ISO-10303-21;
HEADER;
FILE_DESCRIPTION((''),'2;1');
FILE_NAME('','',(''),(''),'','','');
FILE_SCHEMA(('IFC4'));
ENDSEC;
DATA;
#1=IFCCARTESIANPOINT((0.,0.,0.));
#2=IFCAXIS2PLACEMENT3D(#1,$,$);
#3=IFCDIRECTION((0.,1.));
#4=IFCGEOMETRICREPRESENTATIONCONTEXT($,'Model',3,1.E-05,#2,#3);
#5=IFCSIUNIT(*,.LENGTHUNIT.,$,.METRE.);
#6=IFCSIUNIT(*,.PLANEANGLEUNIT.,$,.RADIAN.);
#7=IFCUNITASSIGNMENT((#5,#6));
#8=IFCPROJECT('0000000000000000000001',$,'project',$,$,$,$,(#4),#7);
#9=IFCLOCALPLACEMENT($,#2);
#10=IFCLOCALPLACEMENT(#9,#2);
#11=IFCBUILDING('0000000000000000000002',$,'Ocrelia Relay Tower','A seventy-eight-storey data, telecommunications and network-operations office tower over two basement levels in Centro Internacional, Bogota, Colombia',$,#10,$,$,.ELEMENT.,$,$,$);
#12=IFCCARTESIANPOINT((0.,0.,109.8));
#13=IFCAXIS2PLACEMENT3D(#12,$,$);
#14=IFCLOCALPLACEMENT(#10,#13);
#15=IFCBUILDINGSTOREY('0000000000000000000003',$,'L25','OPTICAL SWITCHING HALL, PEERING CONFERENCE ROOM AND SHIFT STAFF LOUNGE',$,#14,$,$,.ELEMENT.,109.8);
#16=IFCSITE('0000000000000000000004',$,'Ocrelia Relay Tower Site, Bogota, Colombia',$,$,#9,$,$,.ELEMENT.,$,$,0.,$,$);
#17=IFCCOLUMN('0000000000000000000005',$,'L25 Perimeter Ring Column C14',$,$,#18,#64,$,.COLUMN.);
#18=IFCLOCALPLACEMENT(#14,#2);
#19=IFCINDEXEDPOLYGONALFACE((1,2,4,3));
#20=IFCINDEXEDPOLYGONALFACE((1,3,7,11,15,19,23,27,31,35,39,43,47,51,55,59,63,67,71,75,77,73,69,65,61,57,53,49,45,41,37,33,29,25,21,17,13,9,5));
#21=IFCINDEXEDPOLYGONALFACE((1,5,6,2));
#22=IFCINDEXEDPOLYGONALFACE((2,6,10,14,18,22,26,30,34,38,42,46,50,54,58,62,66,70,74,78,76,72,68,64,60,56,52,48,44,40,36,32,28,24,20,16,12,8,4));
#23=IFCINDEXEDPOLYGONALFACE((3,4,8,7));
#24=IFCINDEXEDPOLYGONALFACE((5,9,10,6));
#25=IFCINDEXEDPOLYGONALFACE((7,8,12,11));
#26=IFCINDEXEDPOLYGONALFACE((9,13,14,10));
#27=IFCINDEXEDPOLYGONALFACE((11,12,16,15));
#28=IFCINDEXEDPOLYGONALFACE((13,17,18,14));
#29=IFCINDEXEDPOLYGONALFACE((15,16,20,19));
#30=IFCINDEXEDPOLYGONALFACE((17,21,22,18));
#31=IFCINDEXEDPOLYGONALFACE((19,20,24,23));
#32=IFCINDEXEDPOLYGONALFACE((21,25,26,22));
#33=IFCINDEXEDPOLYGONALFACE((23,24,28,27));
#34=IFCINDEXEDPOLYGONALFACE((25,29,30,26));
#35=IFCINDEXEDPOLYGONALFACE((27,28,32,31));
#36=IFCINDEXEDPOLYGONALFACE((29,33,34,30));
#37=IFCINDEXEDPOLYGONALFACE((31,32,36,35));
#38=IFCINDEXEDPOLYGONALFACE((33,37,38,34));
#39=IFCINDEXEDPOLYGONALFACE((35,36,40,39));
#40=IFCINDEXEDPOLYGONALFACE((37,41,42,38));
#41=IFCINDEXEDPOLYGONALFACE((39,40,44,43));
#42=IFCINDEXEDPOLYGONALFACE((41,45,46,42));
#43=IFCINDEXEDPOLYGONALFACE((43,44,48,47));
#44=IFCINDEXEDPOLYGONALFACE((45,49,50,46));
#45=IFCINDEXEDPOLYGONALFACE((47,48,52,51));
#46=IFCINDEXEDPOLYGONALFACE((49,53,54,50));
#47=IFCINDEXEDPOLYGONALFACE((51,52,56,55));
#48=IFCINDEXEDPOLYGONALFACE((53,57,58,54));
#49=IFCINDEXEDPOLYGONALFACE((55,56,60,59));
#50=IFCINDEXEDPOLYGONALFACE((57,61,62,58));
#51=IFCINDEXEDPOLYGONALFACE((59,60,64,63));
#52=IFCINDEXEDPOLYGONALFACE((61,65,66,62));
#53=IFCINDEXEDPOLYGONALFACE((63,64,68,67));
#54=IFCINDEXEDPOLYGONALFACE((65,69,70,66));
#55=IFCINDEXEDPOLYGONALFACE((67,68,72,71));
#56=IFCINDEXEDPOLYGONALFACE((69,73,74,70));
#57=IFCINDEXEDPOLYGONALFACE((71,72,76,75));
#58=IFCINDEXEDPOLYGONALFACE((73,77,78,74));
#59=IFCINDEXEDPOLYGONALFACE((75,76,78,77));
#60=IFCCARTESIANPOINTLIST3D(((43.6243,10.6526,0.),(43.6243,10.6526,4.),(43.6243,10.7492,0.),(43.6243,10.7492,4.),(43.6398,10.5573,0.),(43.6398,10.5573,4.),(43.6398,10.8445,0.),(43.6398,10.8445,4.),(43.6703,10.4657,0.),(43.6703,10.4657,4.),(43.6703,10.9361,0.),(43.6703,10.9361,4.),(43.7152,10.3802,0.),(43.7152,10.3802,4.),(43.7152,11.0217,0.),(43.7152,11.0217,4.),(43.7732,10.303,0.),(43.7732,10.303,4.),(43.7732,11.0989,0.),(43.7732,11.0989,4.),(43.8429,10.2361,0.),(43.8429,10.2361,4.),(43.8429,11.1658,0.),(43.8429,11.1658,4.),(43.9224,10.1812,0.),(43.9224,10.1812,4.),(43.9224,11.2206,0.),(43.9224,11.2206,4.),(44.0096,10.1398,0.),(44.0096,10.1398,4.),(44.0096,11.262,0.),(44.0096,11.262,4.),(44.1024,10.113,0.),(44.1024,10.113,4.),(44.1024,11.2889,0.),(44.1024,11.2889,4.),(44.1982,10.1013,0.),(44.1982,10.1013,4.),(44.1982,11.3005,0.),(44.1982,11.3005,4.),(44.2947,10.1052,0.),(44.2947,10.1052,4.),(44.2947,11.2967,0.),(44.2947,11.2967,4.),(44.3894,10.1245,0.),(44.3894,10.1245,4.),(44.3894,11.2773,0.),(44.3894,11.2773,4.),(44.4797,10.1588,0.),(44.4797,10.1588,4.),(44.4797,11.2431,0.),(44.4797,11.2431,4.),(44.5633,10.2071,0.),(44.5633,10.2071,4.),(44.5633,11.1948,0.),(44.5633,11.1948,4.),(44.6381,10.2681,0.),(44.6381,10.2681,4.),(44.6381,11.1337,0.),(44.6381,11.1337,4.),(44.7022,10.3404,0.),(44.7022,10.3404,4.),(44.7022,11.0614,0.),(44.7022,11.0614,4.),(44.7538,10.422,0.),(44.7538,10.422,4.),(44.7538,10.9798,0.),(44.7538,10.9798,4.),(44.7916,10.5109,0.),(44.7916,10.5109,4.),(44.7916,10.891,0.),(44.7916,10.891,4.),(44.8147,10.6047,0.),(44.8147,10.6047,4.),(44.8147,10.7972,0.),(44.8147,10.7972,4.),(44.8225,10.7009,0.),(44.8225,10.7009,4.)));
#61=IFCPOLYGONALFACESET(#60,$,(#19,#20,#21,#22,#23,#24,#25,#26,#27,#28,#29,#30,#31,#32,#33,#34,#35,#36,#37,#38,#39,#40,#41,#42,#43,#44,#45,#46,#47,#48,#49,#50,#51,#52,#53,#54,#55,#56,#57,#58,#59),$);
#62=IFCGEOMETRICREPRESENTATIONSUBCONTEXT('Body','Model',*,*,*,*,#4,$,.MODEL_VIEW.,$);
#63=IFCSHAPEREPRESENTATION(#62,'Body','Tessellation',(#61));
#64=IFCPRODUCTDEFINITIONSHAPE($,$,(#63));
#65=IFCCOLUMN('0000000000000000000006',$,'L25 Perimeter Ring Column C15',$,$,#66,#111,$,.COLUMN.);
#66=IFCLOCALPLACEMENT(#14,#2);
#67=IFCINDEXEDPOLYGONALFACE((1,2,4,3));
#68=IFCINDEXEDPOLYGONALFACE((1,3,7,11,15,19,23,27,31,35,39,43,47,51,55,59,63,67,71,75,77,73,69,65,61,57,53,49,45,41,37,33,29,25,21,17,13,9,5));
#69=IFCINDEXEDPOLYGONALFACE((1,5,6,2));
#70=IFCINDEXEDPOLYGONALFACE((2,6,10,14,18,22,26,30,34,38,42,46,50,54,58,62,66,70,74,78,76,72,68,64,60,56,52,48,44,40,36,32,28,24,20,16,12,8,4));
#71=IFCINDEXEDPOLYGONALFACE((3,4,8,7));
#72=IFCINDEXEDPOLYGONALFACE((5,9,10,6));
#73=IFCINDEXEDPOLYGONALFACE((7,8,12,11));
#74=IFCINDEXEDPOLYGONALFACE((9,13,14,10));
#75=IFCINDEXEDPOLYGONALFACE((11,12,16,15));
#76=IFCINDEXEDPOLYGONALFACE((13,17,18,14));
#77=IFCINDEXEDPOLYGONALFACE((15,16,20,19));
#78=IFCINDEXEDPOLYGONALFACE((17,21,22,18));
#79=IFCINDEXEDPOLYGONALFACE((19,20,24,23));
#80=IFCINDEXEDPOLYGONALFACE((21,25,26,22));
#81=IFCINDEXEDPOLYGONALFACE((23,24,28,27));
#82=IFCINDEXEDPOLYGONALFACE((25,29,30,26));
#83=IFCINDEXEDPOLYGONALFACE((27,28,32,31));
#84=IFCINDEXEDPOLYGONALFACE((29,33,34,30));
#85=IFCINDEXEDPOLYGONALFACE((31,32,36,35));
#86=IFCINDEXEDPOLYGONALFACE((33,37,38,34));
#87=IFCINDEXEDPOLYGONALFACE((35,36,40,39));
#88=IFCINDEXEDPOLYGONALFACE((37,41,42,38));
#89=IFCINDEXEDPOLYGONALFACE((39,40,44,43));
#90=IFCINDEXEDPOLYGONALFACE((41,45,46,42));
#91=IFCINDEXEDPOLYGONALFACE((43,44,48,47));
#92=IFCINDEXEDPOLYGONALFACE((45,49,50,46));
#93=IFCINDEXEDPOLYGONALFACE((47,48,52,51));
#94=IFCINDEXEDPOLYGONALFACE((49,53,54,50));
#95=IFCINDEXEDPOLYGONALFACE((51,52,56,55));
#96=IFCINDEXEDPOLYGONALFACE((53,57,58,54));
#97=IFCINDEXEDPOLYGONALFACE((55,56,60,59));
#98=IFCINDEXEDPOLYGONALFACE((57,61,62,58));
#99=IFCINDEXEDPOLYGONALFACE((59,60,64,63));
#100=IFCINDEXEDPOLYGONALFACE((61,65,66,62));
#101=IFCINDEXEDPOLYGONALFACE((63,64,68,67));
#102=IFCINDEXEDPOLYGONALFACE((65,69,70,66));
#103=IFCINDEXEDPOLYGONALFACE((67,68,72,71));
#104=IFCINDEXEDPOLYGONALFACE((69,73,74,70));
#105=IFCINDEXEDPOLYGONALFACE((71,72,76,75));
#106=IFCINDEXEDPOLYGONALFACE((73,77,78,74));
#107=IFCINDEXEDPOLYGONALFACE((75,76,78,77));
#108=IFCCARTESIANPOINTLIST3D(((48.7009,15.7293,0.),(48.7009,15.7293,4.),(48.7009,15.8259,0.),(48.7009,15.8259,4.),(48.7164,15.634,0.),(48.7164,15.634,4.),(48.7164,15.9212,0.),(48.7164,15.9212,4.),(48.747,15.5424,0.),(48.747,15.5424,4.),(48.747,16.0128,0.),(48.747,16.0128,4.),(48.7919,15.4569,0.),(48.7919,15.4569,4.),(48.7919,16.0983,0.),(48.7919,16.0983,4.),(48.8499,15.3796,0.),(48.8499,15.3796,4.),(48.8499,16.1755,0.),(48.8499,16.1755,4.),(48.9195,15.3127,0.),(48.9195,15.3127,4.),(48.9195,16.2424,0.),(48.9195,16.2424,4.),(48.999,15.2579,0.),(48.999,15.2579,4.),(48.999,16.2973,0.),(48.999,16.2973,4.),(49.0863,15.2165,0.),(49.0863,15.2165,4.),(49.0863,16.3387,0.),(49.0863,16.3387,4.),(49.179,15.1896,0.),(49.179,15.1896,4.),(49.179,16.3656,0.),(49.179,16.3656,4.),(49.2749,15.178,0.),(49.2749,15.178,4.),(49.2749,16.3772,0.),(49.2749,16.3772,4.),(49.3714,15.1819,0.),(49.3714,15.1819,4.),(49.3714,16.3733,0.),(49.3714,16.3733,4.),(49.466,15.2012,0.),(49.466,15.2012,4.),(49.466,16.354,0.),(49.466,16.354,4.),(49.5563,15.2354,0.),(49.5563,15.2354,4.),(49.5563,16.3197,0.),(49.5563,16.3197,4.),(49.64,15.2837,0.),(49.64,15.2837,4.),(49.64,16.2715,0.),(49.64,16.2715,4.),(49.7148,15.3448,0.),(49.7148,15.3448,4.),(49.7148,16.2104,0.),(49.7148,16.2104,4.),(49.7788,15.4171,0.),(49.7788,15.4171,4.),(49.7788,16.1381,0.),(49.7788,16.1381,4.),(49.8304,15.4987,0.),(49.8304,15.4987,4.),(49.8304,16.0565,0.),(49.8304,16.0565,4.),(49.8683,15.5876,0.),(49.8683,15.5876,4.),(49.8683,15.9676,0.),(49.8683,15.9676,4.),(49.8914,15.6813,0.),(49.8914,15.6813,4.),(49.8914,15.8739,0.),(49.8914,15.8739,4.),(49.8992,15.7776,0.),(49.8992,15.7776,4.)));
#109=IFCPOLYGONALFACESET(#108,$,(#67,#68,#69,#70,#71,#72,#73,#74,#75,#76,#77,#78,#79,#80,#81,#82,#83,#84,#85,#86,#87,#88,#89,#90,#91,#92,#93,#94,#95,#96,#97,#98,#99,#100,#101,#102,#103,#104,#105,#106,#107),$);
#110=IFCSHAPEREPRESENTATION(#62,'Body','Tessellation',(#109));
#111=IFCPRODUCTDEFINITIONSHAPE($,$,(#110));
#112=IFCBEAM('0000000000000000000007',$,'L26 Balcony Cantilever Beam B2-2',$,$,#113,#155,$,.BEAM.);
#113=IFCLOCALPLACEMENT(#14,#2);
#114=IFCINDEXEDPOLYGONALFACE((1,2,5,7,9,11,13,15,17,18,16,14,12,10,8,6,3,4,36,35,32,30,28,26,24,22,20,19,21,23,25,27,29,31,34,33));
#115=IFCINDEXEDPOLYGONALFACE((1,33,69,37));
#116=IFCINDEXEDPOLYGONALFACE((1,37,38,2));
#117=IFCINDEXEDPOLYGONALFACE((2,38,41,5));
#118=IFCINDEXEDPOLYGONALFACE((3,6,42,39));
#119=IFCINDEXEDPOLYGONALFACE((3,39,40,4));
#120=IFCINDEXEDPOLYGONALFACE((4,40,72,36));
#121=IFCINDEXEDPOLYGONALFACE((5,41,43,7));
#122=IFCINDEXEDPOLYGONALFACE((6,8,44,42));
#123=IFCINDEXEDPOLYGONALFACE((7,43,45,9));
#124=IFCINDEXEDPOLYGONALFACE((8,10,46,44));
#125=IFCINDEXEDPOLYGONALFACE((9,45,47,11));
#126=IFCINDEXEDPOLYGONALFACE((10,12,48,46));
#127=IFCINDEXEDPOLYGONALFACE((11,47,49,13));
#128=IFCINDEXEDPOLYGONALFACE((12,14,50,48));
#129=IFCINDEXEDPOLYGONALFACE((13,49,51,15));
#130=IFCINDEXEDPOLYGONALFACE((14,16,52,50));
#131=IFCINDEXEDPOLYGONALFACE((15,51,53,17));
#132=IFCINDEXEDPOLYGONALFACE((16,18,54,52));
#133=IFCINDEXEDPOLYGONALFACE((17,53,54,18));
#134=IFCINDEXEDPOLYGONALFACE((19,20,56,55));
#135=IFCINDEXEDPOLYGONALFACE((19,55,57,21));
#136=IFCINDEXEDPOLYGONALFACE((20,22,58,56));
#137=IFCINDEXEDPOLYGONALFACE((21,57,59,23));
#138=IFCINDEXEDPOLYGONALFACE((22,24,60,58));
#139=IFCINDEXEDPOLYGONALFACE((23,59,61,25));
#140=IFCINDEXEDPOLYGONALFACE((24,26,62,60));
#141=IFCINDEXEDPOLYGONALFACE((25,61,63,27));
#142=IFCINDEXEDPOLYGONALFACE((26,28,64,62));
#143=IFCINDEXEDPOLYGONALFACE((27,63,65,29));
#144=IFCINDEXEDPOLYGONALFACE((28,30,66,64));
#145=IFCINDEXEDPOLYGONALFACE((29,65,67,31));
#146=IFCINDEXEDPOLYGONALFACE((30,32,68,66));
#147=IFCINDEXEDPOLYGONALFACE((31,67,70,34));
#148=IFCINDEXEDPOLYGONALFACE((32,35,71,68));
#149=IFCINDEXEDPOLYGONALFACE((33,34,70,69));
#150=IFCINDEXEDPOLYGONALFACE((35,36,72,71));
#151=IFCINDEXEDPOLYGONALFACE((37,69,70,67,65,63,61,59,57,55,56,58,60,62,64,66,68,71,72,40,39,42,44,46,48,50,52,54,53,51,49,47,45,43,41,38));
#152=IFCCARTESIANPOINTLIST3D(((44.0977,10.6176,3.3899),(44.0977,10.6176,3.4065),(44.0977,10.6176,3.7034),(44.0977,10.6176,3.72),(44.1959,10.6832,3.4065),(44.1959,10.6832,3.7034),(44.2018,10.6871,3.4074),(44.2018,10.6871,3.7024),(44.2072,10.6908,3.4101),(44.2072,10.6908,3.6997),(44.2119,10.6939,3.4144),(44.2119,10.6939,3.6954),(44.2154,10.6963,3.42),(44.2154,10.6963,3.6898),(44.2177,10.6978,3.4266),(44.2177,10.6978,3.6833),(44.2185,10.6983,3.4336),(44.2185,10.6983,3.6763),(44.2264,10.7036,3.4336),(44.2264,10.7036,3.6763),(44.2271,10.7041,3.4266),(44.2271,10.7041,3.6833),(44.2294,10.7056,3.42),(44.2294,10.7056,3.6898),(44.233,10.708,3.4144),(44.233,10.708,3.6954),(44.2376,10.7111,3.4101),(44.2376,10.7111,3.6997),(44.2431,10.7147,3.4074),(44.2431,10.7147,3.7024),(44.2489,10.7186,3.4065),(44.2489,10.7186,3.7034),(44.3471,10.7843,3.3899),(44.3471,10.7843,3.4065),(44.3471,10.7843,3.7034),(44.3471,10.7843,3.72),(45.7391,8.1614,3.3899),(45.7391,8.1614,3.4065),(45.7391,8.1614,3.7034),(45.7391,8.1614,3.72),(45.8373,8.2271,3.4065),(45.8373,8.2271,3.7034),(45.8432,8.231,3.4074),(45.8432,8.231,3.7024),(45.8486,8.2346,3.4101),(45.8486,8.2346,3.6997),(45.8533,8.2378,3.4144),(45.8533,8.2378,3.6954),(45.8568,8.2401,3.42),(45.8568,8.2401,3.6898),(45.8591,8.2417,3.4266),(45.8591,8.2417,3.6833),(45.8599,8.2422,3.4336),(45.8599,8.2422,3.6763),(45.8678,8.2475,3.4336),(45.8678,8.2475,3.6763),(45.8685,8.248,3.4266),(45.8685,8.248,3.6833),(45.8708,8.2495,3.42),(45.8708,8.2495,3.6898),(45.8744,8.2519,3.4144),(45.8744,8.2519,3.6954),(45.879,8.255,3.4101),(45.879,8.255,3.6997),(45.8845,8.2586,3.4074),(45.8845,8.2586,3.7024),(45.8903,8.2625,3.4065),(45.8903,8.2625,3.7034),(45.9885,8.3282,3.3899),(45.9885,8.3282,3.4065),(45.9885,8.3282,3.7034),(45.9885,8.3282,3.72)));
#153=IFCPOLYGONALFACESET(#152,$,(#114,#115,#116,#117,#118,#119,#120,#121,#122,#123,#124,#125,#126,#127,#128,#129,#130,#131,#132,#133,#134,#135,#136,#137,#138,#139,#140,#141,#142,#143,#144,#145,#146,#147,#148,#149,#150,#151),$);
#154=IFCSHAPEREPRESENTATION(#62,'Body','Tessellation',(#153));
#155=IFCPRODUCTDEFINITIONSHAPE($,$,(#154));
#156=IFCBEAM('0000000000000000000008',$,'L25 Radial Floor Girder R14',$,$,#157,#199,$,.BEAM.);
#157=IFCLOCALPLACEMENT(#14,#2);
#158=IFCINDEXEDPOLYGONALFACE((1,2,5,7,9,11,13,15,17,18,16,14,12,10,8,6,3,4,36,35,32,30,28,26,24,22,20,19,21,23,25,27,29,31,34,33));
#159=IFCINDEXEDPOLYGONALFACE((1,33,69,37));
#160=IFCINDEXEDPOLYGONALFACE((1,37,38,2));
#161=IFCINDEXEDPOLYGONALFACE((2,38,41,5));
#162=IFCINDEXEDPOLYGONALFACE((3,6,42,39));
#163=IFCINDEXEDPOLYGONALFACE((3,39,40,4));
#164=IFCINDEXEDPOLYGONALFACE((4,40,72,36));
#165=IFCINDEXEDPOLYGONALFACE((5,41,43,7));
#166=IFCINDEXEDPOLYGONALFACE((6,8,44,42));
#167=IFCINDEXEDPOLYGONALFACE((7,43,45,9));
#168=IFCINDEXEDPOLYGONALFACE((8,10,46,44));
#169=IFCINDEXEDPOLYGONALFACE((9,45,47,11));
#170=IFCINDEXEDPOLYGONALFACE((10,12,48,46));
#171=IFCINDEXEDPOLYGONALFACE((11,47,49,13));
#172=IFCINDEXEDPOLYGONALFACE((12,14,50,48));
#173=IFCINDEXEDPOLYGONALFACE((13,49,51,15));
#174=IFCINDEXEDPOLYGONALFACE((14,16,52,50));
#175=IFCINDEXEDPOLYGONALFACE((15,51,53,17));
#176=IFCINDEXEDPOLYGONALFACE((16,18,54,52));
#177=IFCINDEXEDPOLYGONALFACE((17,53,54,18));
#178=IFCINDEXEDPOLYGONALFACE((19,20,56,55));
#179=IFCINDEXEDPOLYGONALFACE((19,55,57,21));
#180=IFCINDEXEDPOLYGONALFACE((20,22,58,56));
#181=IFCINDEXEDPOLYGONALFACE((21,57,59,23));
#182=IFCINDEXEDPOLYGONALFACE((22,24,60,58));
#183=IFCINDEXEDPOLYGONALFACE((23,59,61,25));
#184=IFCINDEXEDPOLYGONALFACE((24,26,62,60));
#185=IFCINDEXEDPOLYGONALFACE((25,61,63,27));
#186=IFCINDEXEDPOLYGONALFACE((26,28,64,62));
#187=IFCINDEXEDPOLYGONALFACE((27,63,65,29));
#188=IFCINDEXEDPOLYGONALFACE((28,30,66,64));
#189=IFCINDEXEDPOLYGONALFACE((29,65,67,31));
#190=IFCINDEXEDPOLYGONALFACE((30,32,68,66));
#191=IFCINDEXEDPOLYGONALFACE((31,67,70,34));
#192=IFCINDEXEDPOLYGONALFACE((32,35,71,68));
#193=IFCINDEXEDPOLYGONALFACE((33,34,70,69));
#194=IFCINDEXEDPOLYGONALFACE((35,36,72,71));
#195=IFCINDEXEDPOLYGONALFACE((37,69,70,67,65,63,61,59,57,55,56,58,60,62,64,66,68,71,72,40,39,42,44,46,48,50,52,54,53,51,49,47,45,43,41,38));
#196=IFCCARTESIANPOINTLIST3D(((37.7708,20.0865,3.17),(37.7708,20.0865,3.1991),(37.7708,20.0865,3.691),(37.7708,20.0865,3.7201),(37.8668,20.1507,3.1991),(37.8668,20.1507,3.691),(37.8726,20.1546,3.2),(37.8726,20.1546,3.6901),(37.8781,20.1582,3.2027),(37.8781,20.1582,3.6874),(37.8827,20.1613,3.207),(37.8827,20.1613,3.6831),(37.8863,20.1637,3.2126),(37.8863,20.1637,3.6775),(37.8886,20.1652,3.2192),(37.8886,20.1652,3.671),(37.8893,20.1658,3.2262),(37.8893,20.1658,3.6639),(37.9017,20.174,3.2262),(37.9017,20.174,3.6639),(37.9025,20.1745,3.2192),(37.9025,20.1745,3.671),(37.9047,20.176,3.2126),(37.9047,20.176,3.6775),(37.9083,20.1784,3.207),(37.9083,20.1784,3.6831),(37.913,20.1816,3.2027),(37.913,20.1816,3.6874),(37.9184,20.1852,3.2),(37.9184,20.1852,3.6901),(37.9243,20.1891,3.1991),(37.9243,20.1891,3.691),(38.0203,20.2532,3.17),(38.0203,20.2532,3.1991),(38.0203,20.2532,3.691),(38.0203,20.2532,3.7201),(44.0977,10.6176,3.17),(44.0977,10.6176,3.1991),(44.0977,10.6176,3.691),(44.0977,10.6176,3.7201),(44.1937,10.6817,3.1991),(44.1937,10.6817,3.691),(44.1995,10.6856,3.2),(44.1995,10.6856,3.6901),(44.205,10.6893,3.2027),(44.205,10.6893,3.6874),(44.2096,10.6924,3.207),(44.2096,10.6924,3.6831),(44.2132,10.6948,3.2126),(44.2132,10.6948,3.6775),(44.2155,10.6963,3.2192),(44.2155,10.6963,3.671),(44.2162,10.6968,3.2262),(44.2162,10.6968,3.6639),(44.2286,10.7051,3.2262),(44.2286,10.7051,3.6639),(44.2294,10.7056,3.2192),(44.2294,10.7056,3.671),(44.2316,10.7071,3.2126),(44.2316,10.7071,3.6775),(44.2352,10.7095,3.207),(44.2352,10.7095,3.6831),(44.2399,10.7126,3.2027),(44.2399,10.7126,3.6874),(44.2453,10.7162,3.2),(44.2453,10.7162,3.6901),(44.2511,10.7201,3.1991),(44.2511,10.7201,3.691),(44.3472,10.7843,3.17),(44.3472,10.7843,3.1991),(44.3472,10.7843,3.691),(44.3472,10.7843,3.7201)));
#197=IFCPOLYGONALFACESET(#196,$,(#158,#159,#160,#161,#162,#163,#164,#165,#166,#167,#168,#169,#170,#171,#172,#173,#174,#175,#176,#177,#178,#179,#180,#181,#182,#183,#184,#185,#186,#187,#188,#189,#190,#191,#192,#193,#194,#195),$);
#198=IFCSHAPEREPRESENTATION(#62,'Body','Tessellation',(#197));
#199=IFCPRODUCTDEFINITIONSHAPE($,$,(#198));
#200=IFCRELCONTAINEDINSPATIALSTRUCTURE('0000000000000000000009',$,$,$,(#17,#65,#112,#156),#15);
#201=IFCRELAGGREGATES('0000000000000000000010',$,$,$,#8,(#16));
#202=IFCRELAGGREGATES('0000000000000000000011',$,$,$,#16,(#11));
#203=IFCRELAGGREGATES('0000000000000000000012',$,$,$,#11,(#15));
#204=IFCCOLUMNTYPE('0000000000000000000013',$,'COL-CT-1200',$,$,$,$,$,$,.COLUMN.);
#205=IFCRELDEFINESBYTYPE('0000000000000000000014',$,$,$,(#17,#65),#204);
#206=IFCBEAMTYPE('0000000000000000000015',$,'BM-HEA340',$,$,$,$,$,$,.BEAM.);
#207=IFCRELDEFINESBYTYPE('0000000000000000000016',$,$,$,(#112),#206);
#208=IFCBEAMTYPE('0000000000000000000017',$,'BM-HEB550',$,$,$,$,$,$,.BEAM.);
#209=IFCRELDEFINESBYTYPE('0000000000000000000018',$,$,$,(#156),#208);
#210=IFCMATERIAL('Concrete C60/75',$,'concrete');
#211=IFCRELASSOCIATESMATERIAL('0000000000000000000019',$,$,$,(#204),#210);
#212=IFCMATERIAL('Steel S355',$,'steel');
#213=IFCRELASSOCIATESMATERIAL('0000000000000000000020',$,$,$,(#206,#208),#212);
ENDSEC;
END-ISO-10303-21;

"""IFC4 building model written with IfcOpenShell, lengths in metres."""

from ifc_helpers import new_model, si_unit, direction, frame, origin, origin_2d, place, context, subcontext, project, spatial, circle, i_section, extrude, material, material_profile, profile_set, type_object, element, save


model = new_model("IFC4")

# Units and contexts
model_context = context("Model", 3, precision=1e-05, world=origin(), true_north=direction((0.0, 1.0)))
body_context = subcontext(model_context, "Body", "Model", "MODEL_VIEW")
ifc_project = project(units=[si_unit("LENGTHUNIT", "METRE"), si_unit("PLANEANGLEUNIT", "RADIAN")], contexts=[model_context])

# Site, building, storey
site_placement = place(None, origin())
site = spatial("IfcSite", under=ifc_project, at=site_placement, Name="Ocrelia Relay Tower Site, Bogota, Colombia", CompositionType="ELEMENT", RefElevation=0.0)
building_placement = place(site_placement, origin())
building = spatial("IfcBuilding", under=site, at=building_placement, Name="Ocrelia Relay Tower", Description="A seventy-eight-storey data, telecommunications and network-operations office tower over two basement levels in Centro Internacional, Bogota, Colombia", CompositionType="ELEMENT")
storey_placement = place(building_placement, frame((0.0, 0.0, 109.8)))
storey = spatial("IfcBuildingStorey", under=building, at=storey_placement, Name="L25", Description="OPTICAL SWITCHING HALL, PEERING CONFERENCE ROOM AND SHIFT STAFF LOUNGE", CompositionType="ELEMENT", Elevation=109.8)

# Columns
ifc_material_1 = material(Name="Concrete C60/75", Category="concrete")
ifc_material_profile_1 = material_profile(ifc_material_1, circle(Radius=0.6001, at=origin_2d()), Name="RC-CIR-1200")
ifc_profile_set_1 = profile_set([ifc_material_profile_1], Name="Concrete C60/75")
column_type = type_object("IfcColumnType", Name="COL-CT-1200", PredefinedType="COLUMN", material=ifc_profile_set_1)
for number, where, z_axis, x_axis, name in (
    (1, (44.2224, 10.7009, 0.0), (0.0, 0.0, 1.0), (1.0, 0.0, 0.0), "L25 Perimeter Ring Column C14"),
    (2, (49.2991, 15.7776, 0.0), (0.0, 0.0, 1.0), (1.0, 0.0, 0.0), "L25 Perimeter Ring Column C15"),
):
    element("IfcColumn", number, at=place(storey_placement, frame(where, z_axis=z_axis, x_axis=x_axis)), inside=storey, type_object=column_type, Name=name, PredefinedType="COLUMN", context=body_context, shape_type="SweptSolid", body=[
        extrude(circle(Radius=0.6001, at=origin_2d()), origin(), (0.0, 0.0, 1.0), 4.0),
    ])

# Beams
ifc_material_2 = material(Name="Steel S355", Category="steel")
ifc_material_profile_2 = material_profile(ifc_material_2, i_section(OverallWidth=0.3, OverallDepth=0.3301, WebThickness=0.0095, FlangeThickness=0.0166, FilletRadius=0.0271, at=origin_2d()), Name="HEA 340")
ifc_profile_set_2 = profile_set([ifc_material_profile_2], Name="Steel S355")
beam_type_1 = type_object("IfcBeamType", Name="BM-HEA340", PredefinedType="BEAM", material=ifc_profile_set_2)
beam_1_placement = place(storey_placement, frame((44.2224, 10.7009, 3.5549), z_axis=(0.555634, -0.831427, 0.0), x_axis=(0.831427, 0.555634, 0.0)))
element("IfcBeam", 3, at=beam_1_placement, inside=storey, type_object=beam_type_1, Name="L26 Balcony Cantilever Beam B2-2", PredefinedType="BEAM", context=body_context, shape_type="SweptSolid", body=[
    extrude(i_section(OverallWidth=0.3, OverallDepth=0.3301, WebThickness=0.0095, FlangeThickness=0.0166, FilletRadius=0.0271, at=origin_2d()), origin(), (0.0, 0.0, 1.0), 2.9541),
])
ifc_material_profile_3 = material_profile(ifc_material_2, i_section(OverallWidth=0.3, OverallDepth=0.55, WebThickness=0.0149, FlangeThickness=0.0291, FilletRadius=0.0271, at=origin_2d()), Name="HEB 550")
ifc_profile_set_3 = profile_set([ifc_material_profile_3], Name="Steel S355")
beam_type_2 = type_object("IfcBeamType", Name="BM-HEB550", PredefinedType="BEAM", material=ifc_profile_set_3)
beam_2_placement = place(storey_placement, frame((44.2224, 10.7009, 3.4451), z_axis=(-0.555566, 0.831473, 0.0), x_axis=(-0.831473, -0.555566, 0.0)))
element("IfcBeam", 4, at=beam_2_placement, inside=storey, type_object=beam_type_2, Name="L25 Radial Floor Girder R14", PredefinedType="BEAM", context=body_context, shape_type="SweptSolid", body=[
    extrude(i_section(OverallWidth=0.3, OverallDepth=0.55, WebThickness=0.0149, FlangeThickness=0.0291, FilletRadius=0.0271, at=origin_2d()), origin(), (0.0, 0.0, 1.0), 11.3882),
])

save(model, "model.ifc")
